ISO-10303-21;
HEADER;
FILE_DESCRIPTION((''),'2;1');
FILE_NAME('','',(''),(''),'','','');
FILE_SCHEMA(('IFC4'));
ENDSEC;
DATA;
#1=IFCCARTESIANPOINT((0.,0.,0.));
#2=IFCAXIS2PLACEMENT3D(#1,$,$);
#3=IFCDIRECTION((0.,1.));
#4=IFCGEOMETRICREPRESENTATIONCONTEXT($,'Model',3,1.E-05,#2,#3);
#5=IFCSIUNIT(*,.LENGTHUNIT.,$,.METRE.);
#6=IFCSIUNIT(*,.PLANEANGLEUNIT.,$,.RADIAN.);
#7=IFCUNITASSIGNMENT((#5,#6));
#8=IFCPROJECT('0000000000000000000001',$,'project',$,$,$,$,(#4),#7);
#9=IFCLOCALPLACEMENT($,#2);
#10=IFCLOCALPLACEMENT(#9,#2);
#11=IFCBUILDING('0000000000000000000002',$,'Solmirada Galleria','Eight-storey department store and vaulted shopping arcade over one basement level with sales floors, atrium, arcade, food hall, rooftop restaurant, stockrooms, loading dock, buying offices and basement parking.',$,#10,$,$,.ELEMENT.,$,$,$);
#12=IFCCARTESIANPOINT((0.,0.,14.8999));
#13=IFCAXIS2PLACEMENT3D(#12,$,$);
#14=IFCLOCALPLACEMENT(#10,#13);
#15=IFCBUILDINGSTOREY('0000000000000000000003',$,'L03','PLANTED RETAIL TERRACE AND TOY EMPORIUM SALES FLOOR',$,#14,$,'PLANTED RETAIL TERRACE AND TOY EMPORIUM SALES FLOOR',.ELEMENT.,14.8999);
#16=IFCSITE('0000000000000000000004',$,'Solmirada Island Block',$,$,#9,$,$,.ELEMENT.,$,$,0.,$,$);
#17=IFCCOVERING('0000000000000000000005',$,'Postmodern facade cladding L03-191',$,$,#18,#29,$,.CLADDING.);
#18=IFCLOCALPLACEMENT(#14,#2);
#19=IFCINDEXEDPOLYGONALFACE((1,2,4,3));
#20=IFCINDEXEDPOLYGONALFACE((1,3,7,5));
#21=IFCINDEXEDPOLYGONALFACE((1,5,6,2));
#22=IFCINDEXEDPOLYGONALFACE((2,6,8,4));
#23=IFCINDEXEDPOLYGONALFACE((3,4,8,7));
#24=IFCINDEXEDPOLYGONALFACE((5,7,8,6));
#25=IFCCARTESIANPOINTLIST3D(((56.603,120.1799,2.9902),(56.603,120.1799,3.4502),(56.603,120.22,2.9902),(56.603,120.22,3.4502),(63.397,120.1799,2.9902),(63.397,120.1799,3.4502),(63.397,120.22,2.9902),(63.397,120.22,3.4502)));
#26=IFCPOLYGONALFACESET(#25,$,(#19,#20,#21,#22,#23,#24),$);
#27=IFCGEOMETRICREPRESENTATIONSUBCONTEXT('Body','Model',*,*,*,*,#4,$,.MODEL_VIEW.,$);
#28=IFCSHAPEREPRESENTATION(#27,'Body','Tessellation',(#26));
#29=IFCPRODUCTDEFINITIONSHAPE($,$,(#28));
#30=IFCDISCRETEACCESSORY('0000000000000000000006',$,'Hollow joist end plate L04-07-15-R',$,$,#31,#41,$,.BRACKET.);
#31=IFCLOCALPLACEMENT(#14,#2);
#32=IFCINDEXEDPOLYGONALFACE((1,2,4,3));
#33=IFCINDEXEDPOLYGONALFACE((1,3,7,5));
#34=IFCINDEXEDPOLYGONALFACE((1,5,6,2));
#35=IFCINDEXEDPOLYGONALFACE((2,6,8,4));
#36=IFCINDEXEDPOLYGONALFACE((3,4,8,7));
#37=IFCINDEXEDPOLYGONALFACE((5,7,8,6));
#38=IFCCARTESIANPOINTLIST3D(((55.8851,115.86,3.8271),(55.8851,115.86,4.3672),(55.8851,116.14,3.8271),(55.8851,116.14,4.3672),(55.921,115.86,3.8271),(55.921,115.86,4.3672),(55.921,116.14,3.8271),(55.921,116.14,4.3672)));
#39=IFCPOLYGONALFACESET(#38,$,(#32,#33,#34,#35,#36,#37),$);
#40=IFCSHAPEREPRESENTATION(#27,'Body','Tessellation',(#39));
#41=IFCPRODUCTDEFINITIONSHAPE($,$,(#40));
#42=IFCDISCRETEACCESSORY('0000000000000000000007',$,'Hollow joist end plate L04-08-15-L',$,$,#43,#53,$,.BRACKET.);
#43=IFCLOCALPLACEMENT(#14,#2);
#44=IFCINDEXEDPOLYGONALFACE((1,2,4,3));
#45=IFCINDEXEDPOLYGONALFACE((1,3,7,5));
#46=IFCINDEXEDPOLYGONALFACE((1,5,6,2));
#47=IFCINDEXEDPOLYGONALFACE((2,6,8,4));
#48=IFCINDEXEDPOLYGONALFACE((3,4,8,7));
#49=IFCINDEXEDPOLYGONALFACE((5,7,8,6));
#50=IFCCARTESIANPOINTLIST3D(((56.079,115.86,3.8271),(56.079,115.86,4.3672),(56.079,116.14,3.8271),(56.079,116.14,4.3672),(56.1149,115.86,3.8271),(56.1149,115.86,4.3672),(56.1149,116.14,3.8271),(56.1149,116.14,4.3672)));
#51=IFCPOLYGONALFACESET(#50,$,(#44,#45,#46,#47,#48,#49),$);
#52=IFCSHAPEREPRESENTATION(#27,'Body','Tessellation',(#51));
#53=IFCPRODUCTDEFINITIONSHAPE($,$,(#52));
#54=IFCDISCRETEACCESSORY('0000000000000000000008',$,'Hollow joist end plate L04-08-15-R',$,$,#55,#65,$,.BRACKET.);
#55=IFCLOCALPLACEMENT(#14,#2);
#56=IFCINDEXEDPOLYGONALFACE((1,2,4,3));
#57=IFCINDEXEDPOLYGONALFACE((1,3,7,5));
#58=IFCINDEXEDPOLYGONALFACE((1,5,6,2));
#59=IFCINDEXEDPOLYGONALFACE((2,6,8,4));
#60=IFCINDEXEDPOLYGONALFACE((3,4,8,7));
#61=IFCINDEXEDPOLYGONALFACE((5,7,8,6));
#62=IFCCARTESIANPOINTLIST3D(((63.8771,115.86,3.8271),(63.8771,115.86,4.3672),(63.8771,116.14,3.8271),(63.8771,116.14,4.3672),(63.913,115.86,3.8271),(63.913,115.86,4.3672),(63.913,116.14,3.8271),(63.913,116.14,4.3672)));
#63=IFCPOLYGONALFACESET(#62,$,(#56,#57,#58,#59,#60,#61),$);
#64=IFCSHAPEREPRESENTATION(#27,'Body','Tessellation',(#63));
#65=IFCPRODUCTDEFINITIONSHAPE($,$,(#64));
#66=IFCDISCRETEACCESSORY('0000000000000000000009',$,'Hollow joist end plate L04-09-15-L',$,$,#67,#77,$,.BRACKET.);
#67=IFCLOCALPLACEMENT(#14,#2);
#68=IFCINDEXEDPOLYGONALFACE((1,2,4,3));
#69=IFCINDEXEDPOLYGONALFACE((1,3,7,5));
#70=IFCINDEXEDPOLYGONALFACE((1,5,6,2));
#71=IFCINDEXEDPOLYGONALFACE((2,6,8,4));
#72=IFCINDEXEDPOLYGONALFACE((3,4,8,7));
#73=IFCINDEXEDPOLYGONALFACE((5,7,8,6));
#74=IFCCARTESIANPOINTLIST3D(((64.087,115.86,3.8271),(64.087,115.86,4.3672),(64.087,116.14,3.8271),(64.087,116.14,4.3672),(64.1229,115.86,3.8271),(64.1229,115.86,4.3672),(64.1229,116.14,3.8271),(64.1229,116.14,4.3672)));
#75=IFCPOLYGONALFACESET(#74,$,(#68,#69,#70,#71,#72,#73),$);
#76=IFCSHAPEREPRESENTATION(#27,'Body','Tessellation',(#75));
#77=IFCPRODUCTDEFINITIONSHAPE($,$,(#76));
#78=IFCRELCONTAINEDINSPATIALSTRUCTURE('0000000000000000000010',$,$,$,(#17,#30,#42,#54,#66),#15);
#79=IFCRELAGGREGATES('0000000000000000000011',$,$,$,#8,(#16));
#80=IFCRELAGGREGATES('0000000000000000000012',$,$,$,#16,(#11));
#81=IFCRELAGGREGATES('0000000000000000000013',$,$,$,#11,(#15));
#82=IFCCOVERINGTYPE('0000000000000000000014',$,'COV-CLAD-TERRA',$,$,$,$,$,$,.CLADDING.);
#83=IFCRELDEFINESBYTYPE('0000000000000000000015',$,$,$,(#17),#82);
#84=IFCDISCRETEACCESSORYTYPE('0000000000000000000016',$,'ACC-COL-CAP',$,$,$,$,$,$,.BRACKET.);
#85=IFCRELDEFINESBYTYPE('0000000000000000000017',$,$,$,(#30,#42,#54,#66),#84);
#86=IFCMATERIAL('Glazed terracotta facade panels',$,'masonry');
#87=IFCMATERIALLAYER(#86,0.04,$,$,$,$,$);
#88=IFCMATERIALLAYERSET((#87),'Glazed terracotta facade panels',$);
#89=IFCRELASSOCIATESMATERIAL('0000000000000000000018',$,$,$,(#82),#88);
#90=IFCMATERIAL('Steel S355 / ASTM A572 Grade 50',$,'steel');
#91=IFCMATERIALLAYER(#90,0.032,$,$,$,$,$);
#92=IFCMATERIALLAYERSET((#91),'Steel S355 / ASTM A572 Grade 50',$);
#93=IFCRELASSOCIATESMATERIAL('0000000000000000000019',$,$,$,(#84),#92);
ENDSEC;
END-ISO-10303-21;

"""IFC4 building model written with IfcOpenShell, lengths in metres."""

from ifc_helpers import new_model, si_unit, direction, frame, origin, origin_2d, place, context, subcontext, project, spatial, rectangle, extrude, material, layer, layer_set, type_object, element, save


model = new_model("IFC4")

# Units and contexts
model_context = context("Model", 3, precision=1e-05, world=origin(), true_north=direction((0.0, 1.0)))
body_context = subcontext(model_context, "Body", "Model", "MODEL_VIEW")
ifc_project = project(units=[si_unit("LENGTHUNIT", "METRE"), si_unit("PLANEANGLEUNIT", "RADIAN")], contexts=[model_context])

# Site, building, storey
site_placement = place(None, origin())
site = spatial("IfcSite", under=ifc_project, at=site_placement, Name="Solmirada Island Block", CompositionType="ELEMENT", RefElevation=0.0)
building_placement = place(site_placement, origin())
building = spatial("IfcBuilding", under=site, at=building_placement, Name="Solmirada Galleria", Description="Eight-storey department store and vaulted shopping arcade over one basement level with sales floors, atrium, arcade, food hall, rooftop restaurant, stockrooms, loading dock, buying offices and basement parking.", CompositionType="ELEMENT")
storey_placement = place(building_placement, frame((0.0, 0.0, 14.8999)))
storey = spatial("IfcBuildingStorey", under=building, at=storey_placement, Name="L03", Description="PLANTED RETAIL TERRACE AND TOY EMPORIUM SALES FLOOR", LongName="PLANTED RETAIL TERRACE AND TOY EMPORIUM SALES FLOOR", CompositionType="ELEMENT", Elevation=14.8999)

# Shared definitions
ifc_material_1 = material(Name="Steel S355 / ASTM A572 Grade 50", Category="steel")

# Covering
ifc_material_2 = material(Name="Glazed terracotta facade panels", Category="masonry")
ifc_layer_1 = layer(ifc_material_2, 0.04)
ifc_layer_set_1 = layer_set([ifc_layer_1], Name="Glazed terracotta facade panels")
covering_type_1 = type_object("IfcCoveringType", Name="COV-CLAD-TERRA", PredefinedType="CLADDING", material=ifc_layer_set_1)
covering_placement = place(storey_placement, frame((60.0, 120.2, 2.9902), z_axis=(0.0, 0.0, 1.0), x_axis=(1.0, 0.0, 0.0)))
element("IfcCovering", 1, at=covering_placement, inside=storey, type_object=covering_type_1, Name="Postmodern facade cladding L03-191", PredefinedType="CLADDING", context=body_context, shape_type="SweptSolid", body=[
    extrude(rectangle(XDim=6.7939, YDim=0.04, at=origin_2d()), origin(), (0.0, 0.0, 1.0), 0.46),
])

# Discrete accessories
ifc_layer_2 = layer(ifc_material_1, 0.032)
ifc_layer_set_2 = layer_set([ifc_layer_2], Name="Steel S355 / ASTM A572 Grade 50")
discrete_accessory_type = type_object("IfcDiscreteAccessoryType", Name="ACC-COL-CAP", PredefinedType="BRACKET", material=ifc_layer_set_2)
for number, where, z_axis, x_axis, name in (
    (2, (55.9031, 116.0, 3.8271), (0.0, 0.0, 1.0), (1.0, 0.0, 0.0), "Hollow joist end plate L04-07-15-R"),
    (3, (56.0969, 116.0, 3.8271), (0.0, 0.0, 1.0), (1.0, 0.0, 0.0), "Hollow joist end plate L04-08-15-L"),
    (4, (63.895, 116.0, 3.8271), (0.0, 0.0, 1.0), (1.0, 0.0, 0.0), "Hollow joist end plate L04-08-15-R"),
    (5, (64.105, 116.0, 3.8271), (0.0, 0.0, 1.0), (1.0, 0.0, 0.0), "Hollow joist end plate L04-09-15-L"),
):
    element("IfcDiscreteAccessory", number, at=place(storey_placement, frame(where, z_axis=z_axis, x_axis=x_axis)), inside=storey, type_object=discrete_accessory_type, Name=name, PredefinedType="BRACKET", context=body_context, shape_type="SweptSolid", body=[
        extrude(rectangle(XDim=0.0359, YDim=0.28, at=origin_2d()), origin(), (0.0, 0.0, 1.0), 0.54),
    ])

save(model, "model.ifc")
